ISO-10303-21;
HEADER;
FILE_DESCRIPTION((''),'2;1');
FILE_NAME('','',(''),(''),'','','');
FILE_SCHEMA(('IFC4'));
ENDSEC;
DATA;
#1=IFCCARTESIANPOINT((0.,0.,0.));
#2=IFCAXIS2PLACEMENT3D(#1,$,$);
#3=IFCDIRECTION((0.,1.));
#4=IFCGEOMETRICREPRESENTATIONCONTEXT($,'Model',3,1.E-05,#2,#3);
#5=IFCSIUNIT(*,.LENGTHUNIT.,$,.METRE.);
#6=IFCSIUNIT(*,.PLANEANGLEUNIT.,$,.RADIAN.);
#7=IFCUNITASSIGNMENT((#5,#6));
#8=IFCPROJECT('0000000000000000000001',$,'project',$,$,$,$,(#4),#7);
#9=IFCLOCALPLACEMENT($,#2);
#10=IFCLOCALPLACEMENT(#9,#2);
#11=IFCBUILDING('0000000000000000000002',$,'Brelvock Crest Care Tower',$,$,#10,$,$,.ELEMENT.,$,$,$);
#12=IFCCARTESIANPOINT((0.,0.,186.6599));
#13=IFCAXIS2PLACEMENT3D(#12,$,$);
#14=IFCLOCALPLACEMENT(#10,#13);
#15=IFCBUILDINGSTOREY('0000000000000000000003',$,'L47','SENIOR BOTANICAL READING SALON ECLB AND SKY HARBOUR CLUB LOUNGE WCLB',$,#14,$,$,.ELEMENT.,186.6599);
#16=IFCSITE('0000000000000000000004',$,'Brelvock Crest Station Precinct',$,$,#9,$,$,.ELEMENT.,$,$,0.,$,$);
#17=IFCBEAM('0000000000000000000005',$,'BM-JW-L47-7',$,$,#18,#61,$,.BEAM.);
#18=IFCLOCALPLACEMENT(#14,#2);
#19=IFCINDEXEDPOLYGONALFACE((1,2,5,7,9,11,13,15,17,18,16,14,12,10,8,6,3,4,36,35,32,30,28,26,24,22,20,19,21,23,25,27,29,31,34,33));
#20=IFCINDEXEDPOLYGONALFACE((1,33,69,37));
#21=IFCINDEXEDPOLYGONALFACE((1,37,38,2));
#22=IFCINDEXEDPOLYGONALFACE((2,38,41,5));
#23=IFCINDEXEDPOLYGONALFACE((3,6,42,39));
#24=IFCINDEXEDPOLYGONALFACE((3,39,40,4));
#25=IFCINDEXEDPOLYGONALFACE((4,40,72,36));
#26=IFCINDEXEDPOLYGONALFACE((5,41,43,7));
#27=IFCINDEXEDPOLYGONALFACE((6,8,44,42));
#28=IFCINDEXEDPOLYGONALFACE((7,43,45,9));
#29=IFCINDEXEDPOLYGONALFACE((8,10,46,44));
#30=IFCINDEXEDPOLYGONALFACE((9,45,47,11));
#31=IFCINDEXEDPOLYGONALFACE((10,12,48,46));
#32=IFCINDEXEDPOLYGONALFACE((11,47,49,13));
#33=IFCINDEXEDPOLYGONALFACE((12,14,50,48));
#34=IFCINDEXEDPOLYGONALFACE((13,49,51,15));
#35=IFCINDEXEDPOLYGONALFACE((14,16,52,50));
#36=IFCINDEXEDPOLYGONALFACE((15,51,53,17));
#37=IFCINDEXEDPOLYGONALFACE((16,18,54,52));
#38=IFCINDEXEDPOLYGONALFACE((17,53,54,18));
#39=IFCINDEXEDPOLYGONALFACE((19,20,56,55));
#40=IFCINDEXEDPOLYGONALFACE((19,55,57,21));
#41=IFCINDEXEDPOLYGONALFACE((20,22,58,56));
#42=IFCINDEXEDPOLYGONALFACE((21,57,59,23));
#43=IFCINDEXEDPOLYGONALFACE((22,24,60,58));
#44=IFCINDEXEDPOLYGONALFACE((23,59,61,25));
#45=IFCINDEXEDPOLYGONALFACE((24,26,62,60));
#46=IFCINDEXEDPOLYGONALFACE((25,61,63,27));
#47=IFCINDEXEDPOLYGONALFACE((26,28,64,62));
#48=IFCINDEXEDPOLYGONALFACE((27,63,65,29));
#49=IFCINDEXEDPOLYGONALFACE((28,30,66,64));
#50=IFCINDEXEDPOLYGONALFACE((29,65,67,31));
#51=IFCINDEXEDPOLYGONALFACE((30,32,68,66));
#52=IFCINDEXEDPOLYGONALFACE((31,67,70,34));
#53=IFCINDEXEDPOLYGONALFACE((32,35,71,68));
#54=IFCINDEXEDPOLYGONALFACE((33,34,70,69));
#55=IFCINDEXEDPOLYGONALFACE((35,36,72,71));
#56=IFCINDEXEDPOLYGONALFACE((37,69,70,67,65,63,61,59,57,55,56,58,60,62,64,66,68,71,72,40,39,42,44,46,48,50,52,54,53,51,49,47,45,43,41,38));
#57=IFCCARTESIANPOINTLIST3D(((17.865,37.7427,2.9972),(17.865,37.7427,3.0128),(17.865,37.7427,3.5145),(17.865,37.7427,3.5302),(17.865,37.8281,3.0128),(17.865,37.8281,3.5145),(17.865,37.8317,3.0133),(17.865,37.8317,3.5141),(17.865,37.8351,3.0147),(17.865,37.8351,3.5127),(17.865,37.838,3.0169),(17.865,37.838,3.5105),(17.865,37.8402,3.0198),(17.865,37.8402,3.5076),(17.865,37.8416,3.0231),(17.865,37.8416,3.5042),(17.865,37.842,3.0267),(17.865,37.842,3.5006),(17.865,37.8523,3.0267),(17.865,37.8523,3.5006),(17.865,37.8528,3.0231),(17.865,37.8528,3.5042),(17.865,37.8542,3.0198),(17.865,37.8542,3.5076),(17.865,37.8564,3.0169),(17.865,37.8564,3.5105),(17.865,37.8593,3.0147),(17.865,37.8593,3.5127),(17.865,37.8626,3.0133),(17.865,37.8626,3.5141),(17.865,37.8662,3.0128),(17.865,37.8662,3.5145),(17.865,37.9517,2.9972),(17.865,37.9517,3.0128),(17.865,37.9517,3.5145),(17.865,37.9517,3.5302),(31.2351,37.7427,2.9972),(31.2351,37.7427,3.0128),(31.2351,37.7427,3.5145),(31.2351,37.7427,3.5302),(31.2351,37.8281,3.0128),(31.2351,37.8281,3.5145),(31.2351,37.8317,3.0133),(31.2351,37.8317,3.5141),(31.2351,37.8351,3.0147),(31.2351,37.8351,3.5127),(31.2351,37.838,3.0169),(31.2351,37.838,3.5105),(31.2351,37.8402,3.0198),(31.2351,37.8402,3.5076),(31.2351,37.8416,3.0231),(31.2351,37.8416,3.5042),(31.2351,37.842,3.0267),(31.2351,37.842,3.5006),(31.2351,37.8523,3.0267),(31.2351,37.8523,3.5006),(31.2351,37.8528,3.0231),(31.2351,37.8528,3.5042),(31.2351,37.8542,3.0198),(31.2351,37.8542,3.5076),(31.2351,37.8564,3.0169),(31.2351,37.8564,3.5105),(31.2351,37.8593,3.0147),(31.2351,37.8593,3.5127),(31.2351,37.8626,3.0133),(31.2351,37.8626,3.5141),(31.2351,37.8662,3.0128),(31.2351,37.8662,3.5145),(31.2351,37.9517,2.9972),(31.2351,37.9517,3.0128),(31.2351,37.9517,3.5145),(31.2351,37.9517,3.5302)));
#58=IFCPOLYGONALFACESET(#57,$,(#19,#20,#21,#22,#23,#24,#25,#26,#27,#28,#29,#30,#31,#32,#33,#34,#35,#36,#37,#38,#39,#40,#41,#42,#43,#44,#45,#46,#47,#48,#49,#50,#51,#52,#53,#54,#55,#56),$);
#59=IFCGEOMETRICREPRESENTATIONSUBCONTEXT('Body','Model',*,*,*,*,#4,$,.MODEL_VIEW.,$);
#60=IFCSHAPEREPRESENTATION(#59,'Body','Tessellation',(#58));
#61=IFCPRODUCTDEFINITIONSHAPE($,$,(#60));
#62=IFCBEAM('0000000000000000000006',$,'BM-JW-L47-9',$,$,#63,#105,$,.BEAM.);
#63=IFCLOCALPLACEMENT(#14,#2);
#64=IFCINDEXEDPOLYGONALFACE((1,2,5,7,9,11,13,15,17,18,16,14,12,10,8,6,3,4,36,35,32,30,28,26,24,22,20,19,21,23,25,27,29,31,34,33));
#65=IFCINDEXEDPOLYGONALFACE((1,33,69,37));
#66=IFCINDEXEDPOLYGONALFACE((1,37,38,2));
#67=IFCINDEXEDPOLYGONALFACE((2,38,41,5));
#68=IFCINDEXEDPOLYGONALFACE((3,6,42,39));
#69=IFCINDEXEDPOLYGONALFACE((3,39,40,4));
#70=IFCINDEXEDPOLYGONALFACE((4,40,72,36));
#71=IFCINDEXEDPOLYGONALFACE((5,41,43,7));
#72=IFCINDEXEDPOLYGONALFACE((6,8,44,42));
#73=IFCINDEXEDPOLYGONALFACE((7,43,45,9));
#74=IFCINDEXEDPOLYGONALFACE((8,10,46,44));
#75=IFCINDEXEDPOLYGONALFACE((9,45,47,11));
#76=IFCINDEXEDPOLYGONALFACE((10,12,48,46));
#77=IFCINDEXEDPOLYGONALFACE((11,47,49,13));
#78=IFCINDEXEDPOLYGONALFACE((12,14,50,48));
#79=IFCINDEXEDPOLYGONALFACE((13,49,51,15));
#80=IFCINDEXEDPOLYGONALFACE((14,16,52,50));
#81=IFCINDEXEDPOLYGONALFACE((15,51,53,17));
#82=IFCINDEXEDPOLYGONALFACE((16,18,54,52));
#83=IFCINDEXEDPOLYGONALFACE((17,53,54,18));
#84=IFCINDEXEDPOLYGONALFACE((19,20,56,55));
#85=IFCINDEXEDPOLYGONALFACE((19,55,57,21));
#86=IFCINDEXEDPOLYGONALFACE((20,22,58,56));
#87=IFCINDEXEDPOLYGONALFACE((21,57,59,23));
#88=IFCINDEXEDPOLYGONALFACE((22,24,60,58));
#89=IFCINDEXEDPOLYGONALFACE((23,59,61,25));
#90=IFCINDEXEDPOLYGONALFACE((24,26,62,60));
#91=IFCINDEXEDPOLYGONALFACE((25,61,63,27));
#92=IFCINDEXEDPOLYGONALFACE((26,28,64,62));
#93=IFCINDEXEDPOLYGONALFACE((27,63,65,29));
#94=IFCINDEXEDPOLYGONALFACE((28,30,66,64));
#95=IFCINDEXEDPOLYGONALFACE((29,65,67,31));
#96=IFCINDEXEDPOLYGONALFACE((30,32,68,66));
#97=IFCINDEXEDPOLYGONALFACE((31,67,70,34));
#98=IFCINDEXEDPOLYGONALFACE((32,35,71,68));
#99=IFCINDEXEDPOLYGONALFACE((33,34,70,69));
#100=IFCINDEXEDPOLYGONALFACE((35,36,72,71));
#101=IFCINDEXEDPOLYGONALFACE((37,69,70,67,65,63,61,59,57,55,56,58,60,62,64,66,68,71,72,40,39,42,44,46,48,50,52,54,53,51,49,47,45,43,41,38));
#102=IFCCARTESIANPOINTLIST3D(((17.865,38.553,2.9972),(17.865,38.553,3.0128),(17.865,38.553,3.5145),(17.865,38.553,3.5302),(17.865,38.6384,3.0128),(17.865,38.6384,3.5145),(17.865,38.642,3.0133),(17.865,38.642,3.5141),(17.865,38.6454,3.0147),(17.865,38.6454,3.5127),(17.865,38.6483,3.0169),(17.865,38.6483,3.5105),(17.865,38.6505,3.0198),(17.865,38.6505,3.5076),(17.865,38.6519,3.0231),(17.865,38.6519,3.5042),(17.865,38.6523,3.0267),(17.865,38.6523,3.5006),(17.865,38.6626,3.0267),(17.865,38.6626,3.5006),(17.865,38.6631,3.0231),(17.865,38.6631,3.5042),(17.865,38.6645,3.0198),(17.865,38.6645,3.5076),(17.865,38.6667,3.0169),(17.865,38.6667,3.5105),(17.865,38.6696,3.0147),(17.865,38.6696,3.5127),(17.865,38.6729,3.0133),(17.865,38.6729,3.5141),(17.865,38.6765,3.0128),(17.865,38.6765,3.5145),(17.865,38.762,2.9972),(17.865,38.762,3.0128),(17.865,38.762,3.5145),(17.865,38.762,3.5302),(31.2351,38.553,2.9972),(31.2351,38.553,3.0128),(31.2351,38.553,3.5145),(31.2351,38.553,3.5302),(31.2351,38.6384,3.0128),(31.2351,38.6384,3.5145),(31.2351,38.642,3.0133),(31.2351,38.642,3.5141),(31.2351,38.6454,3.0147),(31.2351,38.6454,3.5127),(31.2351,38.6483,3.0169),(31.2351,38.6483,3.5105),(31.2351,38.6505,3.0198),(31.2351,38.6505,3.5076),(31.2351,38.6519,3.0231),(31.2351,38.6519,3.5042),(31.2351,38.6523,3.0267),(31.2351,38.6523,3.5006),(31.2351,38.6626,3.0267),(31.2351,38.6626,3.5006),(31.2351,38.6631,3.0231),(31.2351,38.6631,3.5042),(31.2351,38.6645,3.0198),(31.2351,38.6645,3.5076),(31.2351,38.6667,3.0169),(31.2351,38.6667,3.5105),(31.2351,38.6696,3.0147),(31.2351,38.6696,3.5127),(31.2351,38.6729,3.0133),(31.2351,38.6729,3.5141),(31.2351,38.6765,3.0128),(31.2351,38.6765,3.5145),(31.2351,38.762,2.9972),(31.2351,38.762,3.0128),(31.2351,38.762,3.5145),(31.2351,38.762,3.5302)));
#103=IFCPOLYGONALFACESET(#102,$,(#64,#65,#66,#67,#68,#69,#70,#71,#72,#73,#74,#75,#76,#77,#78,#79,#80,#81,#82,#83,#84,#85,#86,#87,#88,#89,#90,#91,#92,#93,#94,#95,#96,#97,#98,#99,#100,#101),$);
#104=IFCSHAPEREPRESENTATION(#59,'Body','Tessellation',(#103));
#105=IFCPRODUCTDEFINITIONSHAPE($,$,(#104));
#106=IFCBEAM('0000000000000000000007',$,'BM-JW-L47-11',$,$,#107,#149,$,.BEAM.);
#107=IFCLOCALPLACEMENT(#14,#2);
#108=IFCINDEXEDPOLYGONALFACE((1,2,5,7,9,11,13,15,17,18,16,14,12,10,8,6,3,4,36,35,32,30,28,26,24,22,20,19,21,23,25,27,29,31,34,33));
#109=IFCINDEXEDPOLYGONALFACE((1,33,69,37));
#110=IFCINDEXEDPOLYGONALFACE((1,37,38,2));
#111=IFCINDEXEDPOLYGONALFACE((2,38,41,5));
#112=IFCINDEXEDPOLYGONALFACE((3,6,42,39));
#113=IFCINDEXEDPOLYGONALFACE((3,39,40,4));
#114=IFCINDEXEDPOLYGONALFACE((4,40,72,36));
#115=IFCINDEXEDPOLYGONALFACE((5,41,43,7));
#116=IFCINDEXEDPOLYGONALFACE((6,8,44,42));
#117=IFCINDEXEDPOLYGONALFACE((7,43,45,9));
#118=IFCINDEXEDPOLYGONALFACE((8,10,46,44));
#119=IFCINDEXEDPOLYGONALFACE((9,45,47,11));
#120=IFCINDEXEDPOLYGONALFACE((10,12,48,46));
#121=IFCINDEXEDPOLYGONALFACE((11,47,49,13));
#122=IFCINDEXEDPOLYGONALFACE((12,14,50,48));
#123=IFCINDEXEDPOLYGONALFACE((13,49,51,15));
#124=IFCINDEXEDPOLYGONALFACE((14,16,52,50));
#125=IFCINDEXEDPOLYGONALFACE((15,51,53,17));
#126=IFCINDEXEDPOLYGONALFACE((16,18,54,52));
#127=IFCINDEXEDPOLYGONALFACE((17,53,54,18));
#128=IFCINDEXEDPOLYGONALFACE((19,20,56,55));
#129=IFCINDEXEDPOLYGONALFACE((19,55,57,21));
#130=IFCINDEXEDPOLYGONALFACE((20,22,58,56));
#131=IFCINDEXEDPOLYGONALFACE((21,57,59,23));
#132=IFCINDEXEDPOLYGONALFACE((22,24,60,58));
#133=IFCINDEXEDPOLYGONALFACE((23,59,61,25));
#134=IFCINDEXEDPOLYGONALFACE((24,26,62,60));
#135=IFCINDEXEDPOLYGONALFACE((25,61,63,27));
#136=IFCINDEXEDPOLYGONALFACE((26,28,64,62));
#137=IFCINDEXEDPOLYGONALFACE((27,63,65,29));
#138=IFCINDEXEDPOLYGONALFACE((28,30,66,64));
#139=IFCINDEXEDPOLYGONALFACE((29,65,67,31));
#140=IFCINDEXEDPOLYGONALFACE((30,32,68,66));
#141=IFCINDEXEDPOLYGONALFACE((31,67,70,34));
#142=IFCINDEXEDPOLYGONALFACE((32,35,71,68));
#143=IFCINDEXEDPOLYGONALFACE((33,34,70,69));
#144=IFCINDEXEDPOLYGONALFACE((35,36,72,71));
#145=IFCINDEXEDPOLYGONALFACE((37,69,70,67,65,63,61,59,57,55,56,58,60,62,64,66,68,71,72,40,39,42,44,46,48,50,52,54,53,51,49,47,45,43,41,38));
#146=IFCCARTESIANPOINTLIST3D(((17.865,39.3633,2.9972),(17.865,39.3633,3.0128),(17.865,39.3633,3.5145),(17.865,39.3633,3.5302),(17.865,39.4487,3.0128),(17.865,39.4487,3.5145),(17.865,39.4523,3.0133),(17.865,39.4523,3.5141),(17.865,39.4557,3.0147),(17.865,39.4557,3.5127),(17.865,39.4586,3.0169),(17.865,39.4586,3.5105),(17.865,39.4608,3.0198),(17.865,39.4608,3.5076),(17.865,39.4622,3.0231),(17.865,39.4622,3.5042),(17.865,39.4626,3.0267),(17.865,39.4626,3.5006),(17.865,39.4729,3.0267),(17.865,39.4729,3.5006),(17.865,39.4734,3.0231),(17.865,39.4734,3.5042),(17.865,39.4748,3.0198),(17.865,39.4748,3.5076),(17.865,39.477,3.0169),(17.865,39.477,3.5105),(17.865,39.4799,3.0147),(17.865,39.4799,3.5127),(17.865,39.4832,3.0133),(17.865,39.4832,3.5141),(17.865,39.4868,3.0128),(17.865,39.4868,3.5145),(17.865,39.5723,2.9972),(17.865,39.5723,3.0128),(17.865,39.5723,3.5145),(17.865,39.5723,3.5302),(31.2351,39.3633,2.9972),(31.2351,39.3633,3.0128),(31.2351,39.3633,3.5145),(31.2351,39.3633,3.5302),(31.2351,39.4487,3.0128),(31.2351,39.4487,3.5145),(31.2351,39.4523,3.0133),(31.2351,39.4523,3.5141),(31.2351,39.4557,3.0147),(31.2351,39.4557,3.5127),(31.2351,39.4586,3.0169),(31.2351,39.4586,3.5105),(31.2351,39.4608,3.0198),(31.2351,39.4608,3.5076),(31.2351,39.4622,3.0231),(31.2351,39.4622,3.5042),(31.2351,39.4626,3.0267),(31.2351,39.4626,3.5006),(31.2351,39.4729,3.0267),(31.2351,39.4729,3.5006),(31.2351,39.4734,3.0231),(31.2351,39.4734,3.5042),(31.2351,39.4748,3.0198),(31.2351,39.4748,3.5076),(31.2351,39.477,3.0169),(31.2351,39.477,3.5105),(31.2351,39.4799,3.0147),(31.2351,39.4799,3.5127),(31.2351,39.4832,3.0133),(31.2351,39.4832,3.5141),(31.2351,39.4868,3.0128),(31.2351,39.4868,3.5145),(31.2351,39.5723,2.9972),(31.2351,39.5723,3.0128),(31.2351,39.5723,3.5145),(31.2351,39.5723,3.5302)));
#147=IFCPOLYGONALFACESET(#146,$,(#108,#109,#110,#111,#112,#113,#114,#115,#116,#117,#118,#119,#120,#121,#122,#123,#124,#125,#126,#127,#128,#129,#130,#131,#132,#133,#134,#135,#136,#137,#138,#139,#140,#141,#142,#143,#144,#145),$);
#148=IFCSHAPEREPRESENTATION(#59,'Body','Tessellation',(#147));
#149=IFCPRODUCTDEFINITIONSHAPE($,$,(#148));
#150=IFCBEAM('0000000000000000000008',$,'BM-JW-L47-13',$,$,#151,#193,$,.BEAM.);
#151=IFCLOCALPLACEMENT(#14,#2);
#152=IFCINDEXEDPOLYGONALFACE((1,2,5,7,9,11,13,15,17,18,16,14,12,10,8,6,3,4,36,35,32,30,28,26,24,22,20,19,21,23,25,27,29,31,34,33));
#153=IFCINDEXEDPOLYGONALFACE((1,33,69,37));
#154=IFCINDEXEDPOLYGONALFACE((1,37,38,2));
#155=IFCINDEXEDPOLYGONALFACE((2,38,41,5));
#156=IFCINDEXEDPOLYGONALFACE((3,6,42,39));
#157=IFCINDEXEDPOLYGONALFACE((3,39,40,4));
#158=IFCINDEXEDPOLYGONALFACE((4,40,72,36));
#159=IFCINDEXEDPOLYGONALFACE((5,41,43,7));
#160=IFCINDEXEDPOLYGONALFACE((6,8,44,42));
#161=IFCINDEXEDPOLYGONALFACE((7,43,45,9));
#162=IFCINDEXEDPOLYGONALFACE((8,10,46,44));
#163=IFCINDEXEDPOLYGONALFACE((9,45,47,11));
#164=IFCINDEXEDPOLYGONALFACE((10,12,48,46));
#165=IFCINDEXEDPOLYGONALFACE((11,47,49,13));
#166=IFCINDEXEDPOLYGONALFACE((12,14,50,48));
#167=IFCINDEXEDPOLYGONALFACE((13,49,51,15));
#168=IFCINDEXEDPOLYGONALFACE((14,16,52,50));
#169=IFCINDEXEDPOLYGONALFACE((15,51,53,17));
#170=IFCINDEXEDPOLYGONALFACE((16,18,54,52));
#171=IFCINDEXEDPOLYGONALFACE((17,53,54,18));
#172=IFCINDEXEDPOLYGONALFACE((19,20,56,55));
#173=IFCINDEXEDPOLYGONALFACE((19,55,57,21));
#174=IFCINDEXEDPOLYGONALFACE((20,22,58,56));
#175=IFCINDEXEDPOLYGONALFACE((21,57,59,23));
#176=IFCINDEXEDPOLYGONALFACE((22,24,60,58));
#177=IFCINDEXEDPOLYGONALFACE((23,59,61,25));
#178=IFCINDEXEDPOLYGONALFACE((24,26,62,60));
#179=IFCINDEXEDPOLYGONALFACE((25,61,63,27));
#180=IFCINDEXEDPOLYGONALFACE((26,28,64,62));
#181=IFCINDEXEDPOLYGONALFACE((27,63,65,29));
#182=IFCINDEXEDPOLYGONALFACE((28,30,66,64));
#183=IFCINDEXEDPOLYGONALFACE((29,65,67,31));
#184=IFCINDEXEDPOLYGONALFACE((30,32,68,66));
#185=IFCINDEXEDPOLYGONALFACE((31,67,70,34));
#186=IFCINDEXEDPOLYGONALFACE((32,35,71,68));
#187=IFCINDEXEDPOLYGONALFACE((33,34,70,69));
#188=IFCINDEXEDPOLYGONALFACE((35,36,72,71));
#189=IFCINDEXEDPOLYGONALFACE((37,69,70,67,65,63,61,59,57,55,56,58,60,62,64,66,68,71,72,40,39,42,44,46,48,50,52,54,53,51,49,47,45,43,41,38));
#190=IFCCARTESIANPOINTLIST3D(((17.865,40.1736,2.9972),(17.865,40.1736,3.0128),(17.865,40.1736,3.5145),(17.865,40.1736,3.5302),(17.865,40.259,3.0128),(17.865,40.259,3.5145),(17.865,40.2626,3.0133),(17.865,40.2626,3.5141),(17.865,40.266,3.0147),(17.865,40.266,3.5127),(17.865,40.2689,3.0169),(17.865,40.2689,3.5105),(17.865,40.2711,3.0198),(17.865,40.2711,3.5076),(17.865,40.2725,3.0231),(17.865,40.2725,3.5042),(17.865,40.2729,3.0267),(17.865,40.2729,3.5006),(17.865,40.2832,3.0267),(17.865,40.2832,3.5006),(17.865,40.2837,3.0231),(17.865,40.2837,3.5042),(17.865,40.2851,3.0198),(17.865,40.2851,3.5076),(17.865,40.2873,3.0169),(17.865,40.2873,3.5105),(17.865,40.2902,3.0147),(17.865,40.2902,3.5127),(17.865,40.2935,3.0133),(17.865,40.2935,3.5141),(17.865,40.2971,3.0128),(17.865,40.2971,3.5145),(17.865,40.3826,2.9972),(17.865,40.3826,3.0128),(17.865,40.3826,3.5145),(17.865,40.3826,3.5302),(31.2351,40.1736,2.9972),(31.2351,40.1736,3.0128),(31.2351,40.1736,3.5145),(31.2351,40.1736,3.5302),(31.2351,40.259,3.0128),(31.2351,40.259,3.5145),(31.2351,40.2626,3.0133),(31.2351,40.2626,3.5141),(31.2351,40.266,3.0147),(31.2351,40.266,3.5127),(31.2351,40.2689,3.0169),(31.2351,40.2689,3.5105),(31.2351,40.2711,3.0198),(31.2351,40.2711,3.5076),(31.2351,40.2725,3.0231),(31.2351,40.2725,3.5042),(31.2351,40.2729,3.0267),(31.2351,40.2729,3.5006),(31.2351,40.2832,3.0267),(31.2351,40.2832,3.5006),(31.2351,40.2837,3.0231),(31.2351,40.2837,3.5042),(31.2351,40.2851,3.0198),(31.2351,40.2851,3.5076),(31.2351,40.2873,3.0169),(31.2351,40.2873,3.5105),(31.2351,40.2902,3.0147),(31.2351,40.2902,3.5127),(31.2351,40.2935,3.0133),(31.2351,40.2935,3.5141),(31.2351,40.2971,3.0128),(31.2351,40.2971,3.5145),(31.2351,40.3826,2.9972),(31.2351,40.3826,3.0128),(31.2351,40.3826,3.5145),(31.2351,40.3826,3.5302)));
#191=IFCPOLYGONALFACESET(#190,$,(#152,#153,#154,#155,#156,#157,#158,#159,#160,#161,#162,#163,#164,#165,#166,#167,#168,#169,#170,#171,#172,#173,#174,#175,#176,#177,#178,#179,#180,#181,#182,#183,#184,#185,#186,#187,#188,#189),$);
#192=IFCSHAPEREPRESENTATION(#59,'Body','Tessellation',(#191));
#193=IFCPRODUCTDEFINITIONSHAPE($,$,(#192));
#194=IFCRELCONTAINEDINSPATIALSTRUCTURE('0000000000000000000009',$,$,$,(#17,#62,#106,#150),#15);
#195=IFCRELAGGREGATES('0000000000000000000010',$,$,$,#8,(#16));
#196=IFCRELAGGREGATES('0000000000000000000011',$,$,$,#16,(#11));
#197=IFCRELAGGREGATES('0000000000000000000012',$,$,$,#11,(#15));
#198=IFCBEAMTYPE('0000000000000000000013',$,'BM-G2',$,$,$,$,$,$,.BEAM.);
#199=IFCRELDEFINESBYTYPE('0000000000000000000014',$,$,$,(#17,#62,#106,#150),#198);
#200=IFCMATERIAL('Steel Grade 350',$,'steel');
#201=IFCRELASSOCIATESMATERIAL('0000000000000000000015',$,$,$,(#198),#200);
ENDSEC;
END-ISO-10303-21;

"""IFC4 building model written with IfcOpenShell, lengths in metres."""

from ifc_helpers import new_model, si_unit, direction, frame, origin, origin_2d, place, context, subcontext, project, spatial, i_section, extrude, source, transform, mapped, material, material_profile, profile_set, type_object, element, save


model = new_model("IFC4")

# Units and contexts
model_context = context("Model", 3, precision=1e-05, world=origin(), true_north=direction((0.0, 1.0)))
body_context = subcontext(model_context, "Body", "Model", "MODEL_VIEW")
ifc_project = project(units=[si_unit("LENGTHUNIT", "METRE"), si_unit("PLANEANGLEUNIT", "RADIAN")], contexts=[model_context])

# Site, building, storey
site_placement = place(None, origin())
site = spatial("IfcSite", under=ifc_project, at=site_placement, Name="Brelvock Crest Station Precinct", CompositionType="ELEMENT", RefElevation=0.0)
building_placement = place(site_placement, origin())
building = spatial("IfcBuilding", under=site, at=building_placement, Name="Brelvock Crest Care Tower", CompositionType="ELEMENT")
storey_placement = place(building_placement, frame((0.0, 0.0, 186.6599)))
storey = spatial("IfcBuildingStorey", under=building, at=storey_placement, Name="L47", Description="SENIOR BOTANICAL READING SALON ECLB AND SKY HARBOUR CLUB LOUNGE WCLB", CompositionType="ELEMENT", Elevation=186.6599)

# Shared definitions
ifc_material_1 = material(Name="Steel Grade 350", Category="steel")

# Beams
ifc_material_profile_1 = material_profile(ifc_material_1, i_section(OverallWidth=0.209, OverallDepth=0.533, WebThickness=0.0103, FlangeThickness=0.0156, FilletRadius=0.0139, at=origin_2d()), Name="530UB92.4")
ifc_profile_set_1 = profile_set([ifc_material_profile_1], Name="Steel Grade 350")
beam_type_1 = type_object("IfcBeamType", Name="BM-G2", PredefinedType="BEAM", material=ifc_profile_set_1)
shared_shape_1 = source(origin(), body_context, "Body", "SweptSolid", [
    extrude(i_section(OverallWidth=0.209, OverallDepth=0.533, WebThickness=0.0103, FlangeThickness=0.0156, FilletRadius=0.0139, at=origin_2d()), origin(), (0.0, 0.0, 1.0), 13.3701),
])
for number, where, z_axis, x_axis, name in (
    (1, (17.865, 37.8472, 3.2637), (1.0, 0.0, 0.0), (0.0, 1.0, 0.0), "BM-JW-L47-7"),
    (2, (17.865, 38.6575, 3.2637), (1.0, 0.0, 0.0), (0.0, 1.0, 0.0), "BM-JW-L47-9"),
    (3, (17.865, 39.4678, 3.2637), (1.0, 0.0, 0.0), (0.0, 1.0, 0.0), "BM-JW-L47-11"),
    (4, (17.865, 40.2781, 3.2637), (1.0, 0.0, 0.0), (0.0, 1.0, 0.0), "BM-JW-L47-13"),
):
    element("IfcBeam", number, at=place(storey_placement, frame(where, z_axis=z_axis, x_axis=x_axis)), inside=storey, type_object=beam_type_1, Name=name, PredefinedType="BEAM", context=body_context, shape_type="MappedRepresentation", body=[
        mapped(shared_shape_1, transform((0.0, 0.0, 0.0), x_axis=(1.0, 0.0, 0.0), y_axis=(0.0, 1.0, 0.0), z_axis=(0.0, 0.0, 1.0), scale=1.0)),
    ])

save(model, "model.ifc")
